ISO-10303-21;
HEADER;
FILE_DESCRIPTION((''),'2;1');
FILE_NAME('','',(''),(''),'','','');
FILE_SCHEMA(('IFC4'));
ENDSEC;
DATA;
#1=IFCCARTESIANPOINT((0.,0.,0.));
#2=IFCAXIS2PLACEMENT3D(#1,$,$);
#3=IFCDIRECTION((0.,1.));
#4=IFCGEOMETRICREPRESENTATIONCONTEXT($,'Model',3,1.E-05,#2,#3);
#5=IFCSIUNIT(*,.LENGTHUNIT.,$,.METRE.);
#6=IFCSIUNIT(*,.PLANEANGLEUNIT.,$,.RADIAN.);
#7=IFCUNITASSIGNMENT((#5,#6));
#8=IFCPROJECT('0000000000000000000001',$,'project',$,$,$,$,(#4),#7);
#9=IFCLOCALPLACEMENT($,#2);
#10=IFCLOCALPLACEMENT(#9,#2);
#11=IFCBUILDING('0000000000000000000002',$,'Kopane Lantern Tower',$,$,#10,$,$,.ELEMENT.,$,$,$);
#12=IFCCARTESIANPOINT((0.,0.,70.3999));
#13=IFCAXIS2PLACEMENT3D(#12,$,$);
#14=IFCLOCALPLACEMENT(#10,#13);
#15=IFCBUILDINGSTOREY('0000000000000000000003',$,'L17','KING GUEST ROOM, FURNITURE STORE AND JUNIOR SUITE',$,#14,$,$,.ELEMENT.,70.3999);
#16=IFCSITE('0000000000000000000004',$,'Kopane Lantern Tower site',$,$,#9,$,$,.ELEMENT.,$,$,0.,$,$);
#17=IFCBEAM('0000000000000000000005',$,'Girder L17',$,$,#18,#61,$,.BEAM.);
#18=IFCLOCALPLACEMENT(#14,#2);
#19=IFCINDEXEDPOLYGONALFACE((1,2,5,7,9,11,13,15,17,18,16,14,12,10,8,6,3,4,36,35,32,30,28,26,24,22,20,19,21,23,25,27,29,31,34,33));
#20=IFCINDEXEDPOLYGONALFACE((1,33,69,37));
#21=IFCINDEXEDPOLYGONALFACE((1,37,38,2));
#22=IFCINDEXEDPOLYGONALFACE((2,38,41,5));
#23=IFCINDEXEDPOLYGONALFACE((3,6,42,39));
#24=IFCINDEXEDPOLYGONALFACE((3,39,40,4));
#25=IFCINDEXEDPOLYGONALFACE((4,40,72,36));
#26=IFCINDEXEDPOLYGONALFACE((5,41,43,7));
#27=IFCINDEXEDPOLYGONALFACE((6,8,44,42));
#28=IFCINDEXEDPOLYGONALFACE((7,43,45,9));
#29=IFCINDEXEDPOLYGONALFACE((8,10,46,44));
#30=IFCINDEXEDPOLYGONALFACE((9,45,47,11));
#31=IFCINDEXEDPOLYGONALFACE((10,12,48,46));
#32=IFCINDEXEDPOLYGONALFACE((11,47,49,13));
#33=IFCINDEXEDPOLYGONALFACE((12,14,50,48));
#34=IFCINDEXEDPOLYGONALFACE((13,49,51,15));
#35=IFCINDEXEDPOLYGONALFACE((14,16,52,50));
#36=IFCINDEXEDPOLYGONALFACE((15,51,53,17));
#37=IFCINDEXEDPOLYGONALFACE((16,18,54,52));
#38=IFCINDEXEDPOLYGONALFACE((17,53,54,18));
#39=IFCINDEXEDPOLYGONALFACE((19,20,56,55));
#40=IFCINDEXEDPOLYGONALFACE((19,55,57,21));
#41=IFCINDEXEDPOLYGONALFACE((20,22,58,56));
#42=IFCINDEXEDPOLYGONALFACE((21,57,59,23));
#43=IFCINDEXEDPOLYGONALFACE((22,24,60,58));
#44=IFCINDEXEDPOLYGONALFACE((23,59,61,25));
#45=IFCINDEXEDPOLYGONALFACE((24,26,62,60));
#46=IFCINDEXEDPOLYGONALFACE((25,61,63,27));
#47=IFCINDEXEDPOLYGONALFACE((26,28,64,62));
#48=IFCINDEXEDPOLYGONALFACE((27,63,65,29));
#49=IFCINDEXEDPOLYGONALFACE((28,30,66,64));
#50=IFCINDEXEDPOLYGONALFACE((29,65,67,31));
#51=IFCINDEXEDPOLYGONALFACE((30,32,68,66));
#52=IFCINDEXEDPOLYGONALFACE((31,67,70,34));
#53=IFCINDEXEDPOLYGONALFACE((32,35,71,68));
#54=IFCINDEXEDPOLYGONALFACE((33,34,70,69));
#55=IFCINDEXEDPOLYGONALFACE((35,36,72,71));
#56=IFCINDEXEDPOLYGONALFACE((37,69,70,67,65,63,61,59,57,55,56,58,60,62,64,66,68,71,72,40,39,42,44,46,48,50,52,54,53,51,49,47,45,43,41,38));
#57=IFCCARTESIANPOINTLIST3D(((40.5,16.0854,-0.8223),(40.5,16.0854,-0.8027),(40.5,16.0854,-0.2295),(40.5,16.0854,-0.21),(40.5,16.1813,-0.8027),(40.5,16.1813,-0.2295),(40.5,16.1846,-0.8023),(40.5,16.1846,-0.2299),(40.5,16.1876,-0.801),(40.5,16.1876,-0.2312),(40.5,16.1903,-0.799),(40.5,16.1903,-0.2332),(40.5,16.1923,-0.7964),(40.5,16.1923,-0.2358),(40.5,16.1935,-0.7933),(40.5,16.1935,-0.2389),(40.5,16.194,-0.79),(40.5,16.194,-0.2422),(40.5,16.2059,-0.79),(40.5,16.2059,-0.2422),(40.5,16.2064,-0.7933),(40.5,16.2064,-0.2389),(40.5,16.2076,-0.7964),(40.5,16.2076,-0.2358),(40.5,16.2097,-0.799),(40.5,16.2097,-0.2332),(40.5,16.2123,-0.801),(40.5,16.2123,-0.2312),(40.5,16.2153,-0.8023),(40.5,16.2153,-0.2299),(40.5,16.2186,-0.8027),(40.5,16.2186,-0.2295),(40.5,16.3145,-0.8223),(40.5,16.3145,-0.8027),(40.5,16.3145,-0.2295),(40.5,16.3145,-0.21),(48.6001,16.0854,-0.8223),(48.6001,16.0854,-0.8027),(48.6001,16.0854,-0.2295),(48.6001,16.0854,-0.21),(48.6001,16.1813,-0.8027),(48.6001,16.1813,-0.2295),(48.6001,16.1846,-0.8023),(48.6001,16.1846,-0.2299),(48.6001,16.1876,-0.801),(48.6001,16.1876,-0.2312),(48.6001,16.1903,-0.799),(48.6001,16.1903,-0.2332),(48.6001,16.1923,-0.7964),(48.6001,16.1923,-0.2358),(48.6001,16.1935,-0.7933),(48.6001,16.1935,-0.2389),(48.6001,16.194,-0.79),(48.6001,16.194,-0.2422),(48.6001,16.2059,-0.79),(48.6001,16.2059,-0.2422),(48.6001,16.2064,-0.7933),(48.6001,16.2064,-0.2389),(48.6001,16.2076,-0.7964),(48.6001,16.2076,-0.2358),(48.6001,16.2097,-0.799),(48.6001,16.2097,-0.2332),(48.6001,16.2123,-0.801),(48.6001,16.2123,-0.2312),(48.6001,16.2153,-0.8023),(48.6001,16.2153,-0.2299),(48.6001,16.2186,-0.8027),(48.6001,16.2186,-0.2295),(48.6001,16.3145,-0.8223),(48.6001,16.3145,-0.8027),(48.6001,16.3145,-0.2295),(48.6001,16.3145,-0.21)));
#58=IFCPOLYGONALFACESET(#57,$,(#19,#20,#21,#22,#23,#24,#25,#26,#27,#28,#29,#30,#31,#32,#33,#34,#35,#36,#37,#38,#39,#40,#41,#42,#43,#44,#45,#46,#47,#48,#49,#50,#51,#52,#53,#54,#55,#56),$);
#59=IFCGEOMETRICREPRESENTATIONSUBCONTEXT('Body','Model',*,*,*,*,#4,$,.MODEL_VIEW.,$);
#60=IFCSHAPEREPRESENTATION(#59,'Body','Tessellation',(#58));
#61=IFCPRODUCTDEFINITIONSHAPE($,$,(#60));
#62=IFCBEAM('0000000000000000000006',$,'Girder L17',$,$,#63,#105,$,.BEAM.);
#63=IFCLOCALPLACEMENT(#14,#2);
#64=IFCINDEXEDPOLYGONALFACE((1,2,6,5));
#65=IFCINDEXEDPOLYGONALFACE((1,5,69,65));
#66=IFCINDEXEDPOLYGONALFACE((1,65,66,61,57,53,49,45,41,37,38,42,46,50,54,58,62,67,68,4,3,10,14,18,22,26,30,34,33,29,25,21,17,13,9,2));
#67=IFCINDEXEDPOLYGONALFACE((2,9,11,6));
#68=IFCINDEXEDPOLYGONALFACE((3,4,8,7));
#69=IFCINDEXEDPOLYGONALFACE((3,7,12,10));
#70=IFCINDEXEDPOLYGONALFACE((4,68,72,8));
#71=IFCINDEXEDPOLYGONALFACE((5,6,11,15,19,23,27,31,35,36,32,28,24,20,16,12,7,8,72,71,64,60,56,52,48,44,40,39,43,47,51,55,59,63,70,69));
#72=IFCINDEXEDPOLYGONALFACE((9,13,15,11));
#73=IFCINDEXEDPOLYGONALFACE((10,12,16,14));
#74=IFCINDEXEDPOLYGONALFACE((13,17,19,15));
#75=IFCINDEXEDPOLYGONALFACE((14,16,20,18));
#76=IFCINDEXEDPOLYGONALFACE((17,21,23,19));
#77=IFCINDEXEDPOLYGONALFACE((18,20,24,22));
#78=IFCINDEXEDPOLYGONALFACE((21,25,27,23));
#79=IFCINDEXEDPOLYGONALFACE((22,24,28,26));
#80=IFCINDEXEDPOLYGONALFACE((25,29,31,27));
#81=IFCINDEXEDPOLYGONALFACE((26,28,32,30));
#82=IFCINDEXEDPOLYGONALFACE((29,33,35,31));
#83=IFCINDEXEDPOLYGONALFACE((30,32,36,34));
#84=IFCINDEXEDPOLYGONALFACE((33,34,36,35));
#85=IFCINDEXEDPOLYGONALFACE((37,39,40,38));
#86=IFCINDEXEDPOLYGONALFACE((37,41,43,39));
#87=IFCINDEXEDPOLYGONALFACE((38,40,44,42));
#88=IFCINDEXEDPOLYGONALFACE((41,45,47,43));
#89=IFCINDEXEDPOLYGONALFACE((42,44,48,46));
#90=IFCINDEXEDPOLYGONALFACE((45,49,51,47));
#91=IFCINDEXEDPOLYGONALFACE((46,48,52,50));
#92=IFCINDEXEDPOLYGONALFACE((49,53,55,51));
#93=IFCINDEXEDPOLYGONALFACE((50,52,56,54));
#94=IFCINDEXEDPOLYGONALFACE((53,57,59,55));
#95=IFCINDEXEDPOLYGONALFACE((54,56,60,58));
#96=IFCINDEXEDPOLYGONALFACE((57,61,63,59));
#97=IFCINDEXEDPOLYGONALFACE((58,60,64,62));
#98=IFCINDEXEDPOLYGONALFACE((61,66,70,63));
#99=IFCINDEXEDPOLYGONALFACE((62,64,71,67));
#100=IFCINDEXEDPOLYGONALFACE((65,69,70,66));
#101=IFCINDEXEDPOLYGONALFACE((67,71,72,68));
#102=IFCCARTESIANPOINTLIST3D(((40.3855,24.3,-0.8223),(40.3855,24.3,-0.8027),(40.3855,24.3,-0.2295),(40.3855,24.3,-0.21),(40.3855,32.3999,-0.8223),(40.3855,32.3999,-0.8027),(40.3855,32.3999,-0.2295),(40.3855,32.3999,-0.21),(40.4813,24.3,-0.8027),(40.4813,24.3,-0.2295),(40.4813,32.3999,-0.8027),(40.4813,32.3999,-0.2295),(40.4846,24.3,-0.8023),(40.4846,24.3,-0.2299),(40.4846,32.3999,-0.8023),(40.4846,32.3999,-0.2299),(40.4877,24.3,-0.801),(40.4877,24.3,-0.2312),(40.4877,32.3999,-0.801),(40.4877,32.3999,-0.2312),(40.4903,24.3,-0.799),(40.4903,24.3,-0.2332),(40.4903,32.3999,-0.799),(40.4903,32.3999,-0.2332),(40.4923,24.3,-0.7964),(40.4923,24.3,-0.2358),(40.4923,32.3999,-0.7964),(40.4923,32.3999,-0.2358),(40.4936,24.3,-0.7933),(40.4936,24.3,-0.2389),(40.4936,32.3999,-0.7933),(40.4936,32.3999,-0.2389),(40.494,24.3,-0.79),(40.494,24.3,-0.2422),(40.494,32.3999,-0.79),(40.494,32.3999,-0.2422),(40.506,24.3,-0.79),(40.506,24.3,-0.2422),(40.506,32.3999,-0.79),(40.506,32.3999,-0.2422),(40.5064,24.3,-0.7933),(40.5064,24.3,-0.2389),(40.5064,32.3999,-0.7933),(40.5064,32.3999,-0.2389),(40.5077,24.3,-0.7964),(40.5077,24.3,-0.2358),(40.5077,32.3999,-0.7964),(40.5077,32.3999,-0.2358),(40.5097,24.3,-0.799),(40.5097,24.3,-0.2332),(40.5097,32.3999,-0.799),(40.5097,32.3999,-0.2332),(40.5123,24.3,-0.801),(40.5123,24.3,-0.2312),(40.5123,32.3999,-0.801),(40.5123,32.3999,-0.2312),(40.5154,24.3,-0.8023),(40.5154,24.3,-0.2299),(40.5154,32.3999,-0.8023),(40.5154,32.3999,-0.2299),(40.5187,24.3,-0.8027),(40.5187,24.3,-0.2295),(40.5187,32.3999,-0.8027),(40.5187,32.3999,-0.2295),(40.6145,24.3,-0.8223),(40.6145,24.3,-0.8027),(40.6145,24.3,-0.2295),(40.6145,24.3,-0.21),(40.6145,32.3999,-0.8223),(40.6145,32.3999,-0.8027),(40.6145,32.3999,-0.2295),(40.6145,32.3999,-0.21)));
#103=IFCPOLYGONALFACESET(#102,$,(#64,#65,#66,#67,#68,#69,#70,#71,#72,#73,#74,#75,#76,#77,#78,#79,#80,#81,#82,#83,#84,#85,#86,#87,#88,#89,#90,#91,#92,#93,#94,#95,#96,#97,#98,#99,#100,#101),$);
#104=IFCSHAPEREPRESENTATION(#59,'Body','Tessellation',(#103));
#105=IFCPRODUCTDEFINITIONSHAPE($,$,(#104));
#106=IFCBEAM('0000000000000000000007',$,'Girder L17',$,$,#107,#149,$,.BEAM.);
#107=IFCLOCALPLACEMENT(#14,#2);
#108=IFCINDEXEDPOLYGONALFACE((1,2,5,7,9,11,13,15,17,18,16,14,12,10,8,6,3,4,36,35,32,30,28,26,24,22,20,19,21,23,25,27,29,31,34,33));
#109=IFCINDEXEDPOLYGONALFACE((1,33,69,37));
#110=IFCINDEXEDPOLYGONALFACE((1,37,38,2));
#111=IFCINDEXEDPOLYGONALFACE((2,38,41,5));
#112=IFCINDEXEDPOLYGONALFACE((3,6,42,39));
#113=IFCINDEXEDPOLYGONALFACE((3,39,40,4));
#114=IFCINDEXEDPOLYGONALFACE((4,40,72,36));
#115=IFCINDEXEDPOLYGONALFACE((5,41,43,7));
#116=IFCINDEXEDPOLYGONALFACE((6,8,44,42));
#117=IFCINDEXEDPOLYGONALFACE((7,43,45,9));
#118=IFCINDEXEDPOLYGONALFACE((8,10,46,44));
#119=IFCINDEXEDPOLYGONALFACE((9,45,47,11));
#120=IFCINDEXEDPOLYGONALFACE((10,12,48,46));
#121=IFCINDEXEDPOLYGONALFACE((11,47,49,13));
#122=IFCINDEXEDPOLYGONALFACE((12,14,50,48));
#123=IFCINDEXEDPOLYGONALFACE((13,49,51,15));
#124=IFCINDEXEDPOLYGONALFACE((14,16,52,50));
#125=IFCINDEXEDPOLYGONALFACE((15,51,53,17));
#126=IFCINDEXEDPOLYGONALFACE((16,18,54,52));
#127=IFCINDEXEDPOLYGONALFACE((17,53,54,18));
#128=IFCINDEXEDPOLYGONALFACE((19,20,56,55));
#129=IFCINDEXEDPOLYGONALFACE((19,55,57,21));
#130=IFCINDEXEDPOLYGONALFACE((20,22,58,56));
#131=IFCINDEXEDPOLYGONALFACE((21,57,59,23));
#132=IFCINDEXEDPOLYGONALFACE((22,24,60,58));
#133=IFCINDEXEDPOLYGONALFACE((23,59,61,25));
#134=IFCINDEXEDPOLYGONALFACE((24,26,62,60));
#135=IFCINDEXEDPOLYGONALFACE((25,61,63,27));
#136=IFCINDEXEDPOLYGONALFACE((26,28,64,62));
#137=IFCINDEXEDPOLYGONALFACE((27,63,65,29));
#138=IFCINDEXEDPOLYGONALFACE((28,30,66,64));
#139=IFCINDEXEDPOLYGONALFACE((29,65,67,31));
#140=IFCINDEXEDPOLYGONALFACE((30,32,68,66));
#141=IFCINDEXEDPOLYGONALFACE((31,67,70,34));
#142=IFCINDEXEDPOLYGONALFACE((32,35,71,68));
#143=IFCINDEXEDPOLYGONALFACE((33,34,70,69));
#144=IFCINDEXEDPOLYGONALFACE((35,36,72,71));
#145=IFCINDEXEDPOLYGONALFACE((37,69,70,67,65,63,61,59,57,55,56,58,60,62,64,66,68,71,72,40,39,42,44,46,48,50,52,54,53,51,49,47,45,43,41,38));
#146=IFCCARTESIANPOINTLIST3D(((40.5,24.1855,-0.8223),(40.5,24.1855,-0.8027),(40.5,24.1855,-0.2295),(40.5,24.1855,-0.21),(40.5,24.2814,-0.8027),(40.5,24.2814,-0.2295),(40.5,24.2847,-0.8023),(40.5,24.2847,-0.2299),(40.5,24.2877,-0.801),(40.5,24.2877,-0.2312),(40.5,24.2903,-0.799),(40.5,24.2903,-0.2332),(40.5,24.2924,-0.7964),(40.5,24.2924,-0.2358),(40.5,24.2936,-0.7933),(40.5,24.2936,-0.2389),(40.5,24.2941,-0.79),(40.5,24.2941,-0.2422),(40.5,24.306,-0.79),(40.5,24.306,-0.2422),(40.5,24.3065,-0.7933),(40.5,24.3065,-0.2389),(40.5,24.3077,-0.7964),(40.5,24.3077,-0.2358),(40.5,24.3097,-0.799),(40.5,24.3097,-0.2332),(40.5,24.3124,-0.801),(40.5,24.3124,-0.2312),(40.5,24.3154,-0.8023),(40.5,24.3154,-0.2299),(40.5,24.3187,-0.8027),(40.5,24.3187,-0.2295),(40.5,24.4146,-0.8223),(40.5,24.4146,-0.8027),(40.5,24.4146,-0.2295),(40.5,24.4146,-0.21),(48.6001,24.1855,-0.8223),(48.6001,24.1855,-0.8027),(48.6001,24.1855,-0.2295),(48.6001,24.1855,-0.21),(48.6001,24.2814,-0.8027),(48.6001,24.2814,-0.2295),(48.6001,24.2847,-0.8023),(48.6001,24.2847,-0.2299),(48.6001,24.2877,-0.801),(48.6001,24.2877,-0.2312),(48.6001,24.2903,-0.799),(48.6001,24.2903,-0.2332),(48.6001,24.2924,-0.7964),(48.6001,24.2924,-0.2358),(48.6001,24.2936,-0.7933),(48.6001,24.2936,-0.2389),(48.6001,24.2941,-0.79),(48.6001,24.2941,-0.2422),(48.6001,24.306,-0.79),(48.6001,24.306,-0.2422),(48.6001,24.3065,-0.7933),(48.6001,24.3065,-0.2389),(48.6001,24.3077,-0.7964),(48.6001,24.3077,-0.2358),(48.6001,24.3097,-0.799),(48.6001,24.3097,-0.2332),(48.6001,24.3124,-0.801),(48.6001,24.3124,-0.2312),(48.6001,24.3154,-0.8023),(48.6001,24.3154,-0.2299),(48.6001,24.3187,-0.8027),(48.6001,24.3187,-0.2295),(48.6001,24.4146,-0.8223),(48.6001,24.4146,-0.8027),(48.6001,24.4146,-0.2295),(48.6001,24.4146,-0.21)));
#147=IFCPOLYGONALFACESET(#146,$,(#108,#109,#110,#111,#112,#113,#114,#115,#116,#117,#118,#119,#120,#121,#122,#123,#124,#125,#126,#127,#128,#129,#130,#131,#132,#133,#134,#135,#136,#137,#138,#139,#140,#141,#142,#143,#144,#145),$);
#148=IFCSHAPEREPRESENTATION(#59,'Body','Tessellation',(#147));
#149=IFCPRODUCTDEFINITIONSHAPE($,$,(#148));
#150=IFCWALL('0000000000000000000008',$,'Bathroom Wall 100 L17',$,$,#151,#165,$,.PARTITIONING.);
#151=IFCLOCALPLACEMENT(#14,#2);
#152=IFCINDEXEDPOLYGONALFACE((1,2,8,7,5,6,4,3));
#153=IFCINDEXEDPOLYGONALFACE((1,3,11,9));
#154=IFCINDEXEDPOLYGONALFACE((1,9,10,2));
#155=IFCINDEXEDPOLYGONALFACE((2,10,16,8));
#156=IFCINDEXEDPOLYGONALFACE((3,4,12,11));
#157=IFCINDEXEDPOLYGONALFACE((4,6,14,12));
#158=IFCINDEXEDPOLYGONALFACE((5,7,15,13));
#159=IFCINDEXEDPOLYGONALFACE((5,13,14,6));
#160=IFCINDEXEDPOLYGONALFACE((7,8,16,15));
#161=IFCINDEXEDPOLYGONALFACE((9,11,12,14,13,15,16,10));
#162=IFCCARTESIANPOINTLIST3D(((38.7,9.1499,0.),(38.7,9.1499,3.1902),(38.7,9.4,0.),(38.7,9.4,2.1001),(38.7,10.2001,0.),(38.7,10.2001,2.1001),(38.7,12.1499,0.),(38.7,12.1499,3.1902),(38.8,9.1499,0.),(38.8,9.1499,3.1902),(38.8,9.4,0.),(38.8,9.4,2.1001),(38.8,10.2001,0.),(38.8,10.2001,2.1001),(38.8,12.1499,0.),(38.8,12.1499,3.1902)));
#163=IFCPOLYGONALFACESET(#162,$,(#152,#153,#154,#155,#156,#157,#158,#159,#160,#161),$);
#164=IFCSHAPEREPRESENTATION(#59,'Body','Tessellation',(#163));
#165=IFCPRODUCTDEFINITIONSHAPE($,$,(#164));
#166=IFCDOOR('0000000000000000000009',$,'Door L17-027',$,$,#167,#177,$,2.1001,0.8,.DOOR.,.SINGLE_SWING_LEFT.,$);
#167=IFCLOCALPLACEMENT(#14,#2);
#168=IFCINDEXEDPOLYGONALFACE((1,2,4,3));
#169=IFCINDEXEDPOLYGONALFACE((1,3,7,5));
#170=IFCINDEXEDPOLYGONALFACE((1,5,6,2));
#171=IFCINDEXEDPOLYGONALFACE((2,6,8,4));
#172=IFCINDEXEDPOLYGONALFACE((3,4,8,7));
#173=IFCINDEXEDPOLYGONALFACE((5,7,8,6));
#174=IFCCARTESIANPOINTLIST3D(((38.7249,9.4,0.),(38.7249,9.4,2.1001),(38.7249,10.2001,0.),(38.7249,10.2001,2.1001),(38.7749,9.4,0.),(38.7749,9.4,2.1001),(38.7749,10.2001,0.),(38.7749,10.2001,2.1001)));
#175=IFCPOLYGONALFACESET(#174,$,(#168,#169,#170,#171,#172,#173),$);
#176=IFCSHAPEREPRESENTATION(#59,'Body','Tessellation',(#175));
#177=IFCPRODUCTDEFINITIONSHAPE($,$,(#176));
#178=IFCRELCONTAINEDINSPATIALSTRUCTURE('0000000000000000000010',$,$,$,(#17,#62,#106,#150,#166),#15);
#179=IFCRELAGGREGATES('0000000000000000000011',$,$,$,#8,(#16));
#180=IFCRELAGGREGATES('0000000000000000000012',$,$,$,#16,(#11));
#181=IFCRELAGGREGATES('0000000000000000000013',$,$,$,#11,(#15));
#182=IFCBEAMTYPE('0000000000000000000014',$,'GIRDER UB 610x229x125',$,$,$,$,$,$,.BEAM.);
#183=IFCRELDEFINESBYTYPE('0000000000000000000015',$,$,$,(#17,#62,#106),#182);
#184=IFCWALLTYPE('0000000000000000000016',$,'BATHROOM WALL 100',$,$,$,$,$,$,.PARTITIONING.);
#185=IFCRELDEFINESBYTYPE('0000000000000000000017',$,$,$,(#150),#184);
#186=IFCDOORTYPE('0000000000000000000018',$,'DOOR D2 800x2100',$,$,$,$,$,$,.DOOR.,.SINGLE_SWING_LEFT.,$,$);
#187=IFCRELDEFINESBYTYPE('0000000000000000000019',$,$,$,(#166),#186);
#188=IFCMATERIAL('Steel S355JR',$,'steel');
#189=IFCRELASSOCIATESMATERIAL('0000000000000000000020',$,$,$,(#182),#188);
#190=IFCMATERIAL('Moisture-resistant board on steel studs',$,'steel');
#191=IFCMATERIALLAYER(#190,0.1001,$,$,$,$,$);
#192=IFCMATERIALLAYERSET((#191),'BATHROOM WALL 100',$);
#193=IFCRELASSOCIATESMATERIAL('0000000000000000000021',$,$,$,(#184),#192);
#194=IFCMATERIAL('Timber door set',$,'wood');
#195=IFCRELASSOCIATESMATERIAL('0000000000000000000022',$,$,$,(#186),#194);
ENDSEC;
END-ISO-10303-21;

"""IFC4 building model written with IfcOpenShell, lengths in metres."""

from ifc_helpers import new_model, si_unit, direction, frame, frame_2d, origin, origin_2d, place, context, subcontext, project, spatial, rectangle, i_section, extrude, material, layer, layer_set, material_profile, profile_set, type_object, element, fill, save


model = new_model("IFC4")

# Units and contexts
model_context = context("Model", 3, precision=1e-05, world=origin(), true_north=direction((0.0, 1.0)))
body_context = subcontext(model_context, "Body", "Model", "MODEL_VIEW")
ifc_project = project(units=[si_unit("LENGTHUNIT", "METRE"), si_unit("PLANEANGLEUNIT", "RADIAN")], contexts=[model_context])

# Site, building, storey
site_placement = place(None, origin())
site = spatial("IfcSite", under=ifc_project, at=site_placement, Name="Kopane Lantern Tower site", CompositionType="ELEMENT", RefElevation=0.0)
building_placement = place(site_placement, origin())
building = spatial("IfcBuilding", under=site, at=building_placement, Name="Kopane Lantern Tower", CompositionType="ELEMENT")
storey_placement = place(building_placement, frame((0.0, 0.0, 70.3999)))
storey = spatial("IfcBuildingStorey", under=building, at=storey_placement, Name="L17", Description="KING GUEST ROOM, FURNITURE STORE AND JUNIOR SUITE", CompositionType="ELEMENT", Elevation=70.3999)

# Beams
ifc_material_1 = material(Name="Steel S355JR", Category="steel")
ifc_material_profile_1 = material_profile(ifc_material_1, i_section(OverallWidth=0.229, OverallDepth=0.6123, WebThickness=0.012, FlangeThickness=0.0195, FilletRadius=0.0127, at=origin_2d()), Name="UB 610x229x125")
ifc_profile_set_1 = profile_set([ifc_material_profile_1], Name="Steel S355JR")
beam_type_1 = type_object("IfcBeamType", Name="GIRDER UB 610x229x125", PredefinedType="BEAM", material=ifc_profile_set_1)
for number, where, z_axis, x_axis, name in (
    (1, (40.5, 16.2, -0.5161), (1.0, 0.0, 0.0), (0.0, 1.0, 0.0), "Girder L17"),
):
    element("IfcBeam", number, at=place(storey_placement, frame(where, z_axis=z_axis, x_axis=x_axis)), inside=storey, type_object=beam_type_1, Name=name, PredefinedType="BEAM", context=body_context, shape_type="SweptSolid", body=[
        extrude(i_section(OverallWidth=0.229, OverallDepth=0.6123, WebThickness=0.012, FlangeThickness=0.0195, FilletRadius=0.0127, at=origin_2d()), origin(), (0.0, 0.0, 1.0), 8.1001),
    ])
beam_1_placement = place(storey_placement, frame((40.5, 24.3, -0.5161), z_axis=(0.0, 1.0, 0.0), x_axis=(-1.0, 0.0, 0.0)))
element("IfcBeam", 2, at=beam_1_placement, inside=storey, type_object=beam_type_1, Name="Girder L17", PredefinedType="BEAM", context=body_context, shape_type="SweptSolid", body=[
    extrude(i_section(OverallWidth=0.229, OverallDepth=0.6123, WebThickness=0.012, FlangeThickness=0.0195, FilletRadius=0.0127, at=origin_2d()), origin(), (0.0, 0.0, 1.0), 8.0999),
])
beam_2_placement = place(storey_placement, frame((40.5, 24.3, -0.5161), z_axis=(1.0, 0.0, 0.0), x_axis=(0.0, 1.0, 0.0)))
element("IfcBeam", 3, at=beam_2_placement, inside=storey, type_object=beam_type_1, Name="Girder L17", PredefinedType="BEAM", context=body_context, shape_type="SweptSolid", body=[
    extrude(i_section(OverallWidth=0.229, OverallDepth=0.6123, WebThickness=0.012, FlangeThickness=0.0195, FilletRadius=0.0127, at=origin_2d()), origin(), (0.0, 0.0, 1.0), 8.1001),
])

# Wall, opening, door
ifc_material_2 = material(Name="Moisture-resistant board on steel studs", Category="steel")
ifc_layer_1 = layer(ifc_material_2, 0.1001)
ifc_layer_set_1 = layer_set([ifc_layer_1], Name="BATHROOM WALL 100")
wall_type_1 = type_object("IfcWallType", Name="BATHROOM WALL 100", PredefinedType="PARTITIONING", material=ifc_layer_set_1)
wall_1_placement = place(storey_placement, frame((38.75, 12.1499, 0.0), z_axis=(0.0, 0.0, 1.0), x_axis=(0.0, -1.0, 0.0)))
wall_1 = element("IfcWall", 4, at=wall_1_placement, inside=storey, type_object=wall_type_1, Name="Bathroom Wall 100 L17", PredefinedType="PARTITIONING", context=body_context, shape_type="SweptSolid", body=[
    extrude(rectangle(XDim=3.0, YDim=0.1001, at=frame_2d((1.5, 0.0))), origin(), (0.0, 0.0, 1.0), 3.1902),
])
opening_1_placement = place(wall_1_placement, frame((1.95, 0.0, 0.0)))
opening_1 = element("IfcOpeningElement", 5, at=opening_1_placement, cuts=wall_1, PredefinedType="OPENING", context=body_context, shape_type="SweptSolid", body=[
    extrude(rectangle(XDim=0.8, YDim=2.1001, at=frame_2d((0.3999, 1.05))), frame((0.0, 0.0601, 0.0), z_axis=(0.0, -1.0, 0.0), x_axis=(1.0, 0.0, 0.0)), (0.0, 0.0, 1.0), 0.1201),
])
ifc_material_3 = material(Name="Timber door set", Category="wood")
door_type_1 = type_object("IfcDoorType", Name="DOOR D2 800x2100", OperationType="SINGLE_SWING_LEFT", PredefinedType="DOOR", material=ifc_material_3)
door_1_placement = place(opening_1_placement, origin())
door_1 = element("IfcDoor", 6, at=door_1_placement, inside=storey, type_object=door_type_1, Name="Door L17-027", OperationType="SINGLE_SWING_LEFT", OverallHeight=2.1001, OverallWidth=0.8, PredefinedType="DOOR", context=body_context, shape_type="SweptSolid", body=[
    extrude(rectangle(XDim=0.8, YDim=2.1001, at=frame_2d((0.3999, 1.05))), frame((0.0, 0.0249, 0.0), z_axis=(0.0, -1.0, 0.0), x_axis=(1.0, 0.0, 0.0)), (0.0, 0.0, 1.0), 0.05),
])
fill(opening_1, door_1)

save(model, "model.ifc")
